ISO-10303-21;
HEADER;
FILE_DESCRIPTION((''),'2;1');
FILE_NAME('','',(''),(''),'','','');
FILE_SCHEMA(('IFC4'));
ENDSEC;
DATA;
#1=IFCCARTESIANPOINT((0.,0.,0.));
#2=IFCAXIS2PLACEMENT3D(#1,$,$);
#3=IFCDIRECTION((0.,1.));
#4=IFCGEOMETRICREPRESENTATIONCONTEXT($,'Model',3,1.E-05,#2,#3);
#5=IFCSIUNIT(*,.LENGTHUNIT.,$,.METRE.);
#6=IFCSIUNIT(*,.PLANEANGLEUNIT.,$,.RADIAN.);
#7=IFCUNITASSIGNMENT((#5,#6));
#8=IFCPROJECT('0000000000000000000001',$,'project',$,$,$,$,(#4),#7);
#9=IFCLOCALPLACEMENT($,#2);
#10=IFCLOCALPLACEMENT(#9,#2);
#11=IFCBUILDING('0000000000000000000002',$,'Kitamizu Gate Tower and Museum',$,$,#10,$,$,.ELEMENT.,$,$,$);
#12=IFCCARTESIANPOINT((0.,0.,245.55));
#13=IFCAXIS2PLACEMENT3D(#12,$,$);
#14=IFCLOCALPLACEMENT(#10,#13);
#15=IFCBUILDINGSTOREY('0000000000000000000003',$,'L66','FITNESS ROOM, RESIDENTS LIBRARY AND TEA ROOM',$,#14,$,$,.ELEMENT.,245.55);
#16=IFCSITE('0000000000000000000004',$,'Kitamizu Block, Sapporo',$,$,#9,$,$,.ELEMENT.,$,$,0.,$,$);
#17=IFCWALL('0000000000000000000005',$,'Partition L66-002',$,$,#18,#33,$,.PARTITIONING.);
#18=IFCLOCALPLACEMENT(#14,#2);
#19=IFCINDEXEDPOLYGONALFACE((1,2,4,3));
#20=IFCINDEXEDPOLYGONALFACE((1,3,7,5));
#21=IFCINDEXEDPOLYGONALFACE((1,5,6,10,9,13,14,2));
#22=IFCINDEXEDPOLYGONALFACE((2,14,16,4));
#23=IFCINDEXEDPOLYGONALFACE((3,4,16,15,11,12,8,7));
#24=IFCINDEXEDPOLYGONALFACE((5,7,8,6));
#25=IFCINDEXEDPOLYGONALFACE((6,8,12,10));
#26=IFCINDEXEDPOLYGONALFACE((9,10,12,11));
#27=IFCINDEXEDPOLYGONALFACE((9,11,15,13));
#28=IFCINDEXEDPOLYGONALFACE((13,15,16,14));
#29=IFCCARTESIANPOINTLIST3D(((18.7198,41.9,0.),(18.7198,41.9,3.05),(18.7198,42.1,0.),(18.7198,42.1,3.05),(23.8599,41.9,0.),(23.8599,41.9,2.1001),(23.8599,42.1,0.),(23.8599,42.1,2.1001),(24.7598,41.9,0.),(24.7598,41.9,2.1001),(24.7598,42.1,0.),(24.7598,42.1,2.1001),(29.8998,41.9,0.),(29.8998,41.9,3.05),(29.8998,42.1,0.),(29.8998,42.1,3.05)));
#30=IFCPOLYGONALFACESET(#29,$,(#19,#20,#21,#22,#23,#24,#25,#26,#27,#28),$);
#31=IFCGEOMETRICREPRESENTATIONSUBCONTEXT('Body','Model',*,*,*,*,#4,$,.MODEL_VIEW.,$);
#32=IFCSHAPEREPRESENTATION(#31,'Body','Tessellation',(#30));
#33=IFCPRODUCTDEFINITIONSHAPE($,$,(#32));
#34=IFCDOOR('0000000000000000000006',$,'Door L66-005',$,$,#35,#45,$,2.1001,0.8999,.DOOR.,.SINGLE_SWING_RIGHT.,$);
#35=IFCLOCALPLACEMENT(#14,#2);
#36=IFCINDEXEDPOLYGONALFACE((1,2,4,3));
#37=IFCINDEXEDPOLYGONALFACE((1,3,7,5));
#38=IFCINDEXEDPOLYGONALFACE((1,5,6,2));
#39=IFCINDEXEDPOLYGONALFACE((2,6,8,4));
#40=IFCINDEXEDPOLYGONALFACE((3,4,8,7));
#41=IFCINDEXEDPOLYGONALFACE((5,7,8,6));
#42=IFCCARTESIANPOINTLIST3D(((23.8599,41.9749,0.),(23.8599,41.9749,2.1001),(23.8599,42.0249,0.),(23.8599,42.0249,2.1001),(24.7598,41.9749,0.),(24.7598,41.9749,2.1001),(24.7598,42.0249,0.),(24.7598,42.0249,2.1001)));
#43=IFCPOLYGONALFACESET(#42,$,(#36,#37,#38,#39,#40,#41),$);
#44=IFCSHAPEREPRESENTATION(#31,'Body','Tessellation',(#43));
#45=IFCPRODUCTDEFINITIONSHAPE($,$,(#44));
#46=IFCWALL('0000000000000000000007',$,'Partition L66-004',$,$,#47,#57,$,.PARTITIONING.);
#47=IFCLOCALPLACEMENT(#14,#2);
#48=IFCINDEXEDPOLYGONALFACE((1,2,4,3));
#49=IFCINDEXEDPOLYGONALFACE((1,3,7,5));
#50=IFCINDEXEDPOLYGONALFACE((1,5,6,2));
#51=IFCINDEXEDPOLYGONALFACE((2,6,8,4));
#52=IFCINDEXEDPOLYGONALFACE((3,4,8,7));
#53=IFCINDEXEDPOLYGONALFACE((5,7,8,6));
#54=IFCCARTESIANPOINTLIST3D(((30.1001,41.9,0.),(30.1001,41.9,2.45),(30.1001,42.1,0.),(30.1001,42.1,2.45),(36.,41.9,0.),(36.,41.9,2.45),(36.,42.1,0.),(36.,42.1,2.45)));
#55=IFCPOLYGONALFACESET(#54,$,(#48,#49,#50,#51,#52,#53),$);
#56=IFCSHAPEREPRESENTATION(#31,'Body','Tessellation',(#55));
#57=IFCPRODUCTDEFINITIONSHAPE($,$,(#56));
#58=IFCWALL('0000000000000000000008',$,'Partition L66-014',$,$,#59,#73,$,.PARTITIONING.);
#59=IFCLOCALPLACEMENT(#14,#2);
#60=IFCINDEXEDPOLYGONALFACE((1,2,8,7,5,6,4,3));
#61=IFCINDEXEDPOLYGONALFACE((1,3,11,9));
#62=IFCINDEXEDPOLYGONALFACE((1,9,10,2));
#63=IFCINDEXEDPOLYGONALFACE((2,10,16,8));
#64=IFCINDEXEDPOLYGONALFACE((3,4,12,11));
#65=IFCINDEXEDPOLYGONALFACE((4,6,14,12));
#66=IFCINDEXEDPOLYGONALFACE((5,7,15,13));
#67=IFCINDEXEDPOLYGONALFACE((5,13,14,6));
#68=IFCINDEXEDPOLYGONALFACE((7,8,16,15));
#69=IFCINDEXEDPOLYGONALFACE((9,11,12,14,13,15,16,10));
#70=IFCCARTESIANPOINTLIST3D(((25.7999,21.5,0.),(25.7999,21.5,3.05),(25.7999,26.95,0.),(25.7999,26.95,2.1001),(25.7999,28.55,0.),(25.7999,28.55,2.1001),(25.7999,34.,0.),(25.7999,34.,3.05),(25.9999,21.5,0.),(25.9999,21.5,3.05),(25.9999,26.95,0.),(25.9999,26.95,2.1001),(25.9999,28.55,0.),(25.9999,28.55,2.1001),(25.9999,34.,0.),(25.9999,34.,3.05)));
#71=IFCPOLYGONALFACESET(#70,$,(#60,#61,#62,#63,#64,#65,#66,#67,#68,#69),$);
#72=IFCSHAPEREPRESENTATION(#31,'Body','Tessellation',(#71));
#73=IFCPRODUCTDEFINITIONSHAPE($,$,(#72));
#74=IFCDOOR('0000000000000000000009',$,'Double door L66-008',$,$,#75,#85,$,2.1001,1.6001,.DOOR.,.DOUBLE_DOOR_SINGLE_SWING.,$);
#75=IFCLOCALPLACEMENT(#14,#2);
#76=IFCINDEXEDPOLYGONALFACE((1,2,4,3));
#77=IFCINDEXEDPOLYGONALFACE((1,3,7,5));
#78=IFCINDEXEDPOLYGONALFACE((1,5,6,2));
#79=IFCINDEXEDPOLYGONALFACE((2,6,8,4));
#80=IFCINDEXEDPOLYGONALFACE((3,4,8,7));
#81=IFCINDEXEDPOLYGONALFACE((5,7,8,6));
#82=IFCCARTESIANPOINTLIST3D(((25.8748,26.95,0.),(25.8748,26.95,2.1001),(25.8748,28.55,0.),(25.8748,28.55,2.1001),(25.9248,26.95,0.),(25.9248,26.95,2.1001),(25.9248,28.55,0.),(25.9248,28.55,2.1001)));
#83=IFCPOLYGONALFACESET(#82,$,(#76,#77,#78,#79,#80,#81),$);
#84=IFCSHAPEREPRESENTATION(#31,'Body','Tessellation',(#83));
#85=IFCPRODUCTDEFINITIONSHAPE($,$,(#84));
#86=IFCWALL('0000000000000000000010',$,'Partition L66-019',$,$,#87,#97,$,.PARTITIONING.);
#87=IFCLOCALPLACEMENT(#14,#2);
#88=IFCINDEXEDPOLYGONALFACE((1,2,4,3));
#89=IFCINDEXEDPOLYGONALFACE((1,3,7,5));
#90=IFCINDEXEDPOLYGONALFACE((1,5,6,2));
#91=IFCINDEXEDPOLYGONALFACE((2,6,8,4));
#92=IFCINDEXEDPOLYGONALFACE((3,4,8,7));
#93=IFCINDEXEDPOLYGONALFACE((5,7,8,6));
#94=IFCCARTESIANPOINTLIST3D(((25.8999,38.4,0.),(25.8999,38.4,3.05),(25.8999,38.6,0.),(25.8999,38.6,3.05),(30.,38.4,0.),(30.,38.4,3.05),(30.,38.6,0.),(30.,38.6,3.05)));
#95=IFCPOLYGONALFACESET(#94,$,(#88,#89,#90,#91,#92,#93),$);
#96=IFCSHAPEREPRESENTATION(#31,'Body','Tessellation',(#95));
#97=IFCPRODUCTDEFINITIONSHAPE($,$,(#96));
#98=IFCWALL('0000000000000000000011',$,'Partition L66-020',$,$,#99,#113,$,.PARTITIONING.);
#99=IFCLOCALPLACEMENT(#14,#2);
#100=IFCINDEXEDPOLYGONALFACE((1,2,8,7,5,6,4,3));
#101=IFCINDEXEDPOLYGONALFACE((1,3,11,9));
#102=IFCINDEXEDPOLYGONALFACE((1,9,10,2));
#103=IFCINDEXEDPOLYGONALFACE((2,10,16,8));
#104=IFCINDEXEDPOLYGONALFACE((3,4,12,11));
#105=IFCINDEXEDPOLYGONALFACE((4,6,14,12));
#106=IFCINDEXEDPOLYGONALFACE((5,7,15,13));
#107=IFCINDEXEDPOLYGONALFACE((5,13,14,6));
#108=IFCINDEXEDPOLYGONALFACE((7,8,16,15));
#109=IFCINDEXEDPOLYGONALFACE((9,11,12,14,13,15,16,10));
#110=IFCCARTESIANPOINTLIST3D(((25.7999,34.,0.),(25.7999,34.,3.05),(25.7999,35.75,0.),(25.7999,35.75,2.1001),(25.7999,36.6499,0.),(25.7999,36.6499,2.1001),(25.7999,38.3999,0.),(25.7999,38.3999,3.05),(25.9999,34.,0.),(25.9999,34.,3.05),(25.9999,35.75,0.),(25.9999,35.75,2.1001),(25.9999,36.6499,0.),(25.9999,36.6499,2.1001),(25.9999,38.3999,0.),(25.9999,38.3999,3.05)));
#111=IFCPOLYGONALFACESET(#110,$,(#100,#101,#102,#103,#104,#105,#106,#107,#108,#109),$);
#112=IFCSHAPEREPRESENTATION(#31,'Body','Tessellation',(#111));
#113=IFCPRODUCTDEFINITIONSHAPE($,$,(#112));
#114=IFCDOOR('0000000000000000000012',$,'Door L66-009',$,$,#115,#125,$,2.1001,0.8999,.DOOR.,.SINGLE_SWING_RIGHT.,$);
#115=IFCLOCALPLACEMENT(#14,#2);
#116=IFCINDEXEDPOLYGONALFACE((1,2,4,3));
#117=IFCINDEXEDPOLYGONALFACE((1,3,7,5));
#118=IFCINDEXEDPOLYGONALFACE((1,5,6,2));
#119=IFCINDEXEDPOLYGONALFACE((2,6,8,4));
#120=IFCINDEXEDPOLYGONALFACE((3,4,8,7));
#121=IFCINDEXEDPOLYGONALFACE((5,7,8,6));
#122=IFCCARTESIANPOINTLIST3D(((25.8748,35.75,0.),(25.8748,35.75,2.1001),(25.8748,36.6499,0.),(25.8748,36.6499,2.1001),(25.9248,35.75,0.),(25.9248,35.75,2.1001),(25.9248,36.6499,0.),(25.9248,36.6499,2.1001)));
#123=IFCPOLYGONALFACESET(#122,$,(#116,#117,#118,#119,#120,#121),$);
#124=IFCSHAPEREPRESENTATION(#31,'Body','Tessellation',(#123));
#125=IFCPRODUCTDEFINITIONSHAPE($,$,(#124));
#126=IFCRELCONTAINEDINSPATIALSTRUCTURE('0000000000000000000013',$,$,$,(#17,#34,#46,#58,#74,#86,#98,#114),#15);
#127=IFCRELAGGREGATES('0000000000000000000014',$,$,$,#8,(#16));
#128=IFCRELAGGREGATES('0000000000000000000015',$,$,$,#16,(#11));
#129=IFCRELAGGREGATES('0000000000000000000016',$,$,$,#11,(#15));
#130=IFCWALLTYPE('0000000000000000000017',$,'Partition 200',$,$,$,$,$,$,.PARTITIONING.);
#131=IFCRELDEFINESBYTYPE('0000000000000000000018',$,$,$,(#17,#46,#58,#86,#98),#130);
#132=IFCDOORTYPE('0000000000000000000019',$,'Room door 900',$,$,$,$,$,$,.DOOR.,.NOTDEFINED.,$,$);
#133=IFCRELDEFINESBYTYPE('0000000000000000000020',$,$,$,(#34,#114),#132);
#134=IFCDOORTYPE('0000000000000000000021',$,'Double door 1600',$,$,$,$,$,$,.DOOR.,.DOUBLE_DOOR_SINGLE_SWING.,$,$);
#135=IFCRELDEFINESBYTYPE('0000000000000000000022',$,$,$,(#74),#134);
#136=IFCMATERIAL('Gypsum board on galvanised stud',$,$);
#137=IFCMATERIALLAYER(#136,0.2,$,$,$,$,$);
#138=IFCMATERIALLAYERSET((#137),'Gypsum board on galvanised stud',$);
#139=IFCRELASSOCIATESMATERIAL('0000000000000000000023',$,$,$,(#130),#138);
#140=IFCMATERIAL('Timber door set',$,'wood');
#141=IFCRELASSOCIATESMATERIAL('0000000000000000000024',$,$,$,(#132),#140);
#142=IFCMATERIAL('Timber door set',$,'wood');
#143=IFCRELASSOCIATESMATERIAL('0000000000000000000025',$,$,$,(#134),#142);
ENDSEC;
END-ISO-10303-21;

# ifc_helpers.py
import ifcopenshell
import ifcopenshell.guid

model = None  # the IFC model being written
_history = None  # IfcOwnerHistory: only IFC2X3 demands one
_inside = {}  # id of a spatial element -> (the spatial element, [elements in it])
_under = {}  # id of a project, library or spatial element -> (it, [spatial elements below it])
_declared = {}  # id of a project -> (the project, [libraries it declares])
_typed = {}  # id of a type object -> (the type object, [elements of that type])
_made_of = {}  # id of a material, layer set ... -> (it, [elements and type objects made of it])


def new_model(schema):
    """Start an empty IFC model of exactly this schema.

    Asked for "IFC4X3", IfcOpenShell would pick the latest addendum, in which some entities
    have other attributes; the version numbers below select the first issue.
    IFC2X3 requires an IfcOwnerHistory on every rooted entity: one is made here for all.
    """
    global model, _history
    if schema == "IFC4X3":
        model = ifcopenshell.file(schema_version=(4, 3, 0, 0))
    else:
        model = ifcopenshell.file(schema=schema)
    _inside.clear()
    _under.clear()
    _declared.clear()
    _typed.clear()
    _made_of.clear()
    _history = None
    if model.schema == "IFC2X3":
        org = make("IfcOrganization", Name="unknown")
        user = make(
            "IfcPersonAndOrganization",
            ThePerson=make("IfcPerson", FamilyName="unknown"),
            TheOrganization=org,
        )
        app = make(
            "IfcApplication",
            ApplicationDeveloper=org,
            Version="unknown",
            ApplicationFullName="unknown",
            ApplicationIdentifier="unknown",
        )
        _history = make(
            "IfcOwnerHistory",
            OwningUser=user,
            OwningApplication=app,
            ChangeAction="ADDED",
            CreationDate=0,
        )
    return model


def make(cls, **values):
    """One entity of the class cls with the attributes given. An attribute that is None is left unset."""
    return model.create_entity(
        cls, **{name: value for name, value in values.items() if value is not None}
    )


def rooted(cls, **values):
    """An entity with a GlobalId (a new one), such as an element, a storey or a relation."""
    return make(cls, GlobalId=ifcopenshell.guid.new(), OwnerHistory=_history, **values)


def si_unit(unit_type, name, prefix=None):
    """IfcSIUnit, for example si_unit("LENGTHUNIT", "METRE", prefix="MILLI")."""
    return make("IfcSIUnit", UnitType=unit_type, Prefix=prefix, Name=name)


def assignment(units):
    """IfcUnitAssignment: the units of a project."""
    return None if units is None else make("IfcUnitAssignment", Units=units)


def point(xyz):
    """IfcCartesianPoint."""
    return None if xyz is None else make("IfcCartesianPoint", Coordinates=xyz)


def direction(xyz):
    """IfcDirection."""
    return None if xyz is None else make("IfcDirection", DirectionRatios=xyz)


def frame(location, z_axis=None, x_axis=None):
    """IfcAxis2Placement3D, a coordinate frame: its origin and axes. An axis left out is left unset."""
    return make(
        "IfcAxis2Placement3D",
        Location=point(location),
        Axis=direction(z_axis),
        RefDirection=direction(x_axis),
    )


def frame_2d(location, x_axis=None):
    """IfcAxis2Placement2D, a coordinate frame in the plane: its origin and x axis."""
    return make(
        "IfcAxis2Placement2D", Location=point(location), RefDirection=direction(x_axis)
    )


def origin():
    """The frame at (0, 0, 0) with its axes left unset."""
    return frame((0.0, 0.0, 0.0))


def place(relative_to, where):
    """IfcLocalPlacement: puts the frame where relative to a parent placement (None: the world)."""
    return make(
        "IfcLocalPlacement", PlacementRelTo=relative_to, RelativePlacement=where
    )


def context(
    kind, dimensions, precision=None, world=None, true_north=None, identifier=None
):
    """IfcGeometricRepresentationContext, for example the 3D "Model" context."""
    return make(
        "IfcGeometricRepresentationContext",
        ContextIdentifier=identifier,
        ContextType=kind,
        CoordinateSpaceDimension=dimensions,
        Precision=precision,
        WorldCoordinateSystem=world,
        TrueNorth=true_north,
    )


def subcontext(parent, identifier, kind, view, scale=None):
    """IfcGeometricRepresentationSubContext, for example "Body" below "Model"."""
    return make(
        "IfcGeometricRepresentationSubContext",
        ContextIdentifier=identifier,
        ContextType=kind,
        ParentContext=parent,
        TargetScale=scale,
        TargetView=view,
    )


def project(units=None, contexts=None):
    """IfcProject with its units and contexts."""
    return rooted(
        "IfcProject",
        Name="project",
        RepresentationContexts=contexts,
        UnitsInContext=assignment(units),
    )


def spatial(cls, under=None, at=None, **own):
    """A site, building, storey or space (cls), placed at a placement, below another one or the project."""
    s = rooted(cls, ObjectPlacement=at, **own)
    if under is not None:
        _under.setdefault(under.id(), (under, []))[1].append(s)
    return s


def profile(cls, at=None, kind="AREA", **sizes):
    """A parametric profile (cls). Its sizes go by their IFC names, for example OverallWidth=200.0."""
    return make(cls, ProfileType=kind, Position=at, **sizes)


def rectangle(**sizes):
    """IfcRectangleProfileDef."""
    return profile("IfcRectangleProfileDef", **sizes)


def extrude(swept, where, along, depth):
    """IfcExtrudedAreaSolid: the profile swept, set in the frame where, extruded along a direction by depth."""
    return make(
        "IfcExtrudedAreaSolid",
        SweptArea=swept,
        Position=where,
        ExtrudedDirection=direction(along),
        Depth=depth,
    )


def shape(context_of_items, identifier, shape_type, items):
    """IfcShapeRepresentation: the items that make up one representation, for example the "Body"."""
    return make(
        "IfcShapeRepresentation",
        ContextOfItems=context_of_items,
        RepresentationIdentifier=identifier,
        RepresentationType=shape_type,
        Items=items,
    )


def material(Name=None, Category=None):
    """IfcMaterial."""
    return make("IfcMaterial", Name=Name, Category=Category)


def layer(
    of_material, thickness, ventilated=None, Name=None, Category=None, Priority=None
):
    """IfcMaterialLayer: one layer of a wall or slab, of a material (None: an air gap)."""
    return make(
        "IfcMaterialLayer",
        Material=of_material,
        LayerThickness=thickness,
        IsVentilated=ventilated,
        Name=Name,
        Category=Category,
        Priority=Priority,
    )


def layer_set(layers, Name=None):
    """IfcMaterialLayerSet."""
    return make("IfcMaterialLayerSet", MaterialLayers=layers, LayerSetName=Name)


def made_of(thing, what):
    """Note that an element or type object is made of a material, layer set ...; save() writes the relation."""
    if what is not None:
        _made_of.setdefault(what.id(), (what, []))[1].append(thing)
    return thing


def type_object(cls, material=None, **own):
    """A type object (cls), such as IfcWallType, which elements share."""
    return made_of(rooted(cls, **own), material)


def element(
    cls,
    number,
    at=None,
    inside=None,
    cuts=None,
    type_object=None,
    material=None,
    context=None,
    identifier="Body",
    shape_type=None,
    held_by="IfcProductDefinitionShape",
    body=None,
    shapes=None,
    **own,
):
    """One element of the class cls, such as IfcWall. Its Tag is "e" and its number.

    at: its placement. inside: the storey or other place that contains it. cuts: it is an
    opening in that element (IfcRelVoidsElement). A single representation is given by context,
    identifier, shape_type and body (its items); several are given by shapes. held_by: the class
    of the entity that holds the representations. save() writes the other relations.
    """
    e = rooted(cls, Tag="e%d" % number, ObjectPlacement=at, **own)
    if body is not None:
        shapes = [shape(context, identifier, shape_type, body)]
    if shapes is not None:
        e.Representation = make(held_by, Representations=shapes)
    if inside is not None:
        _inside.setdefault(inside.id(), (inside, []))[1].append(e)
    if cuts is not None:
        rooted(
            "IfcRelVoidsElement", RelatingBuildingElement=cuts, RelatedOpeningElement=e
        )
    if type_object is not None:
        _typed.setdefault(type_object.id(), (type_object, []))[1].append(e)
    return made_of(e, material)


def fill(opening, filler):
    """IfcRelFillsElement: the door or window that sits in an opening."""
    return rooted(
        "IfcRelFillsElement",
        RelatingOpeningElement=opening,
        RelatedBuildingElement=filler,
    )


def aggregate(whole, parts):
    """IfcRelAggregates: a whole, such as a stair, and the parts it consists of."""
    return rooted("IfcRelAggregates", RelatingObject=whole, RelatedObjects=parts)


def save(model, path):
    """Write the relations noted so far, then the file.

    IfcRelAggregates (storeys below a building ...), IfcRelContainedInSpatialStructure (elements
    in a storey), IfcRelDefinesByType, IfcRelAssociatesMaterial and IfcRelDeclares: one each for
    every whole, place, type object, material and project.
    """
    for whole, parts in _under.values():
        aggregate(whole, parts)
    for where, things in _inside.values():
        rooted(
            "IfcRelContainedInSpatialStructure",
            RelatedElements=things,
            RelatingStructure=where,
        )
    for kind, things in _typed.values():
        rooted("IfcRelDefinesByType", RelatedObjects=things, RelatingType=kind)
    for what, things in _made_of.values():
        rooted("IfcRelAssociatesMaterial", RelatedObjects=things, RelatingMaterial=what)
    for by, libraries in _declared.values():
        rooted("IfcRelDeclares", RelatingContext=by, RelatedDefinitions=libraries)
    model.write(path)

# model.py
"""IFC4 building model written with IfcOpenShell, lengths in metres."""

from ifc_helpers import new_model, si_unit, direction, frame, frame_2d, origin, place, context, subcontext, project, spatial, rectangle, extrude, material, layer, layer_set, type_object, element, fill, save


model = new_model("IFC4")

# Units and contexts
model_context = context("Model", 3, precision=1e-05, world=origin(), true_north=direction((0.0, 1.0)))
body_context = subcontext(model_context, "Body", "Model", "MODEL_VIEW")
ifc_project = project(units=[si_unit("LENGTHUNIT", "METRE"), si_unit("PLANEANGLEUNIT", "RADIAN")], contexts=[model_context])

# Site, building, storey
site_placement = place(None, origin())
site = spatial("IfcSite", under=ifc_project, at=site_placement, Name="Kitamizu Block, Sapporo", CompositionType="ELEMENT", RefElevation=0.0)
building_placement = place(site_placement, origin())
building = spatial("IfcBuilding", under=site, at=building_placement, Name="Kitamizu Gate Tower and Museum", CompositionType="ELEMENT")
storey_placement = place(building_placement, frame((0.0, 0.0, 245.55)))
storey = spatial("IfcBuildingStorey", under=building, at=storey_placement, Name="L66", Description="FITNESS ROOM, RESIDENTS LIBRARY AND TEA ROOM", CompositionType="ELEMENT", Elevation=245.55)

# Shared definitions
ifc_material_1 = material(Name="Gypsum board on galvanised stud")
ifc_layer_1 = layer(ifc_material_1, 0.2)
ifc_layer_set_1 = layer_set([ifc_layer_1], Name="Gypsum board on galvanised stud")
wall_type_1 = type_object("IfcWallType", Name="Partition 200", PredefinedType="PARTITIONING", material=ifc_layer_set_1)

# Wall, opening, door
wall_1_placement = place(storey_placement, frame((18.72, 42.0, 0.0), z_axis=(0.0, 0.0, 1.0), x_axis=(1.0, 0.0, 0.0)))
wall_1 = element("IfcWall", 1, at=wall_1_placement, inside=storey, type_object=wall_type_1, Name="Partition L66-002", PredefinedType="PARTITIONING", context=body_context, shape_type="SweptSolid", body=[
    extrude(rectangle(XDim=11.1799, YDim=0.2, at=frame_2d((5.5898, 0.0))), origin(), (0.0, 0.0, 1.0), 3.05),
])
opening_1_placement = place(wall_1_placement, frame((5.1399, 0.0, 0.0)))
opening_1 = element("IfcOpeningElement", 2, at=opening_1_placement, cuts=wall_1, PredefinedType="OPENING", context=body_context, shape_type="SweptSolid", body=[
    extrude(rectangle(XDim=0.8999, YDim=2.1001, at=frame_2d((0.45, 1.05))), frame((0.0, 0.1099, 0.0), z_axis=(0.0, -1.0, 0.0), x_axis=(1.0, 0.0, 0.0)), (0.0, 0.0, 1.0), 0.22),
])
ifc_material_2 = material(Name="Timber door set", Category="wood")
door_type_1 = type_object("IfcDoorType", Name="Room door 900", OperationType="NOTDEFINED", PredefinedType="DOOR", material=ifc_material_2)
door_1_placement = place(opening_1_placement, origin())
door_1 = element("IfcDoor", 3, at=door_1_placement, inside=storey, type_object=door_type_1, Name="Door L66-005", OperationType="SINGLE_SWING_RIGHT", OverallHeight=2.1001, OverallWidth=0.8999, PredefinedType="DOOR", context=body_context, shape_type="SweptSolid", body=[
    extrude(rectangle(XDim=0.8999, YDim=2.1001, at=frame_2d((0.45, 1.05))), frame((0.0, 0.0249, 0.0), z_axis=(0.0, -1.0, 0.0), x_axis=(1.0, 0.0, 0.0)), (0.0, 0.0, 1.0), 0.05),
])
fill(opening_1, door_1)

# Wall
wall_2_placement = place(storey_placement, frame((30.1001, 42.0, 0.0), z_axis=(0.0, 0.0, 1.0), x_axis=(1.0, 0.0, 0.0)))
element("IfcWall", 4, at=wall_2_placement, inside=storey, type_object=wall_type_1, Name="Partition L66-004", PredefinedType="PARTITIONING", context=body_context, shape_type="SweptSolid", body=[
    extrude(rectangle(XDim=5.8999, YDim=0.2, at=frame_2d((2.95, 0.0))), origin(), (0.0, 0.0, 1.0), 2.45),
])

# Wall, opening, door
wall_3_placement = place(storey_placement, frame((25.8999, 34.0, 0.0), z_axis=(0.0, 0.0, 1.0), x_axis=(0.0, -1.0, 0.0)))
wall_3 = element("IfcWall", 5, at=wall_3_placement, inside=storey, type_object=wall_type_1, Name="Partition L66-014", PredefinedType="PARTITIONING", context=body_context, shape_type="SweptSolid", body=[
    extrude(rectangle(XDim=12.5, YDim=0.2, at=frame_2d((6.25, 0.0))), origin(), (0.0, 0.0, 1.0), 3.05),
])
opening_2_placement = place(wall_3_placement, frame((5.45, 0.0, 0.0)))
opening_2 = element("IfcOpeningElement", 6, at=opening_2_placement, cuts=wall_3, PredefinedType="OPENING", context=body_context, shape_type="SweptSolid", body=[
    extrude(rectangle(XDim=1.6001, YDim=2.1001, at=frame_2d((0.8, 1.05))), frame((0.0, 0.1099, 0.0), z_axis=(0.0, -1.0, 0.0), x_axis=(1.0, 0.0, 0.0)), (0.0, 0.0, 1.0), 0.22),
])
ifc_material_3 = material(Name="Timber door set", Category="wood")
door_type_2 = type_object("IfcDoorType", Name="Double door 1600", OperationType="DOUBLE_DOOR_SINGLE_SWING", PredefinedType="DOOR", material=ifc_material_3)
door_2_placement = place(opening_2_placement, origin())
door_2 = element("IfcDoor", 7, at=door_2_placement, inside=storey, type_object=door_type_2, Name="Double door L66-008", OperationType="DOUBLE_DOOR_SINGLE_SWING", OverallHeight=2.1001, OverallWidth=1.6001, PredefinedType="DOOR", context=body_context, shape_type="SweptSolid", body=[
    extrude(rectangle(XDim=1.6001, YDim=2.1001, at=frame_2d((0.8, 1.05))), frame((0.0, 0.0249, 0.0), z_axis=(0.0, -1.0, 0.0), x_axis=(1.0, 0.0, 0.0)), (0.0, 0.0, 1.0), 0.05),
])
fill(opening_2, door_2)

# Wall
wall_4_placement = place(storey_placement, frame((30.0, 38.5, 0.0), z_axis=(0.0, 0.0, 1.0), x_axis=(-1.0, 0.0, 0.0)))
element("IfcWall", 8, at=wall_4_placement, inside=storey, type_object=wall_type_1, Name="Partition L66-019", PredefinedType="PARTITIONING", context=body_context, shape_type="SweptSolid", body=[
    extrude(rectangle(XDim=4.1001, YDim=0.2, at=frame_2d((2.05, 0.0))), origin(), (0.0, 0.0, 1.0), 3.05),
])

# Wall, opening, door
wall_5_placement = place(storey_placement, frame((25.8999, 38.3999, 0.0), z_axis=(0.0, 0.0, 1.0), x_axis=(0.0, -1.0, 0.0)))
wall_5 = element("IfcWall", 9, at=wall_5_placement, inside=storey, type_object=wall_type_1, Name="Partition L66-020", PredefinedType="PARTITIONING", context=body_context, shape_type="SweptSolid", body=[
    extrude(rectangle(XDim=4.3999, YDim=0.2, at=frame_2d((2.2, 0.0))), origin(), (0.0, 0.0, 1.0), 3.05),
])
opening_3_placement = place(wall_5_placement, frame((1.75, 0.0, 0.0)))
opening_3 = element("IfcOpeningElement", 10, at=opening_3_placement, cuts=wall_5, PredefinedType="OPENING", context=body_context, shape_type="SweptSolid", body=[
    extrude(rectangle(XDim=0.8999, YDim=2.1001, at=frame_2d((0.45, 1.05))), frame((0.0, 0.1099, 0.0), z_axis=(0.0, -1.0, 0.0), x_axis=(1.0, 0.0, 0.0)), (0.0, 0.0, 1.0), 0.22),
])
door_3_placement = place(opening_3_placement, origin())
door_3 = element("IfcDoor", 11, at=door_3_placement, inside=storey, type_object=door_type_1, Name="Door L66-009", OperationType="SINGLE_SWING_RIGHT", OverallHeight=2.1001, OverallWidth=0.8999, PredefinedType="DOOR", context=body_context, shape_type="SweptSolid", body=[
    extrude(rectangle(XDim=0.8999, YDim=2.1001, at=frame_2d((0.45, 1.05))), frame((0.0, 0.0249, 0.0), z_axis=(0.0, -1.0, 0.0), x_axis=(1.0, 0.0, 0.0)), (0.0, 0.0, 1.0), 0.05),
])
fill(opening_3, door_3)

save(model, "model.ifc")
